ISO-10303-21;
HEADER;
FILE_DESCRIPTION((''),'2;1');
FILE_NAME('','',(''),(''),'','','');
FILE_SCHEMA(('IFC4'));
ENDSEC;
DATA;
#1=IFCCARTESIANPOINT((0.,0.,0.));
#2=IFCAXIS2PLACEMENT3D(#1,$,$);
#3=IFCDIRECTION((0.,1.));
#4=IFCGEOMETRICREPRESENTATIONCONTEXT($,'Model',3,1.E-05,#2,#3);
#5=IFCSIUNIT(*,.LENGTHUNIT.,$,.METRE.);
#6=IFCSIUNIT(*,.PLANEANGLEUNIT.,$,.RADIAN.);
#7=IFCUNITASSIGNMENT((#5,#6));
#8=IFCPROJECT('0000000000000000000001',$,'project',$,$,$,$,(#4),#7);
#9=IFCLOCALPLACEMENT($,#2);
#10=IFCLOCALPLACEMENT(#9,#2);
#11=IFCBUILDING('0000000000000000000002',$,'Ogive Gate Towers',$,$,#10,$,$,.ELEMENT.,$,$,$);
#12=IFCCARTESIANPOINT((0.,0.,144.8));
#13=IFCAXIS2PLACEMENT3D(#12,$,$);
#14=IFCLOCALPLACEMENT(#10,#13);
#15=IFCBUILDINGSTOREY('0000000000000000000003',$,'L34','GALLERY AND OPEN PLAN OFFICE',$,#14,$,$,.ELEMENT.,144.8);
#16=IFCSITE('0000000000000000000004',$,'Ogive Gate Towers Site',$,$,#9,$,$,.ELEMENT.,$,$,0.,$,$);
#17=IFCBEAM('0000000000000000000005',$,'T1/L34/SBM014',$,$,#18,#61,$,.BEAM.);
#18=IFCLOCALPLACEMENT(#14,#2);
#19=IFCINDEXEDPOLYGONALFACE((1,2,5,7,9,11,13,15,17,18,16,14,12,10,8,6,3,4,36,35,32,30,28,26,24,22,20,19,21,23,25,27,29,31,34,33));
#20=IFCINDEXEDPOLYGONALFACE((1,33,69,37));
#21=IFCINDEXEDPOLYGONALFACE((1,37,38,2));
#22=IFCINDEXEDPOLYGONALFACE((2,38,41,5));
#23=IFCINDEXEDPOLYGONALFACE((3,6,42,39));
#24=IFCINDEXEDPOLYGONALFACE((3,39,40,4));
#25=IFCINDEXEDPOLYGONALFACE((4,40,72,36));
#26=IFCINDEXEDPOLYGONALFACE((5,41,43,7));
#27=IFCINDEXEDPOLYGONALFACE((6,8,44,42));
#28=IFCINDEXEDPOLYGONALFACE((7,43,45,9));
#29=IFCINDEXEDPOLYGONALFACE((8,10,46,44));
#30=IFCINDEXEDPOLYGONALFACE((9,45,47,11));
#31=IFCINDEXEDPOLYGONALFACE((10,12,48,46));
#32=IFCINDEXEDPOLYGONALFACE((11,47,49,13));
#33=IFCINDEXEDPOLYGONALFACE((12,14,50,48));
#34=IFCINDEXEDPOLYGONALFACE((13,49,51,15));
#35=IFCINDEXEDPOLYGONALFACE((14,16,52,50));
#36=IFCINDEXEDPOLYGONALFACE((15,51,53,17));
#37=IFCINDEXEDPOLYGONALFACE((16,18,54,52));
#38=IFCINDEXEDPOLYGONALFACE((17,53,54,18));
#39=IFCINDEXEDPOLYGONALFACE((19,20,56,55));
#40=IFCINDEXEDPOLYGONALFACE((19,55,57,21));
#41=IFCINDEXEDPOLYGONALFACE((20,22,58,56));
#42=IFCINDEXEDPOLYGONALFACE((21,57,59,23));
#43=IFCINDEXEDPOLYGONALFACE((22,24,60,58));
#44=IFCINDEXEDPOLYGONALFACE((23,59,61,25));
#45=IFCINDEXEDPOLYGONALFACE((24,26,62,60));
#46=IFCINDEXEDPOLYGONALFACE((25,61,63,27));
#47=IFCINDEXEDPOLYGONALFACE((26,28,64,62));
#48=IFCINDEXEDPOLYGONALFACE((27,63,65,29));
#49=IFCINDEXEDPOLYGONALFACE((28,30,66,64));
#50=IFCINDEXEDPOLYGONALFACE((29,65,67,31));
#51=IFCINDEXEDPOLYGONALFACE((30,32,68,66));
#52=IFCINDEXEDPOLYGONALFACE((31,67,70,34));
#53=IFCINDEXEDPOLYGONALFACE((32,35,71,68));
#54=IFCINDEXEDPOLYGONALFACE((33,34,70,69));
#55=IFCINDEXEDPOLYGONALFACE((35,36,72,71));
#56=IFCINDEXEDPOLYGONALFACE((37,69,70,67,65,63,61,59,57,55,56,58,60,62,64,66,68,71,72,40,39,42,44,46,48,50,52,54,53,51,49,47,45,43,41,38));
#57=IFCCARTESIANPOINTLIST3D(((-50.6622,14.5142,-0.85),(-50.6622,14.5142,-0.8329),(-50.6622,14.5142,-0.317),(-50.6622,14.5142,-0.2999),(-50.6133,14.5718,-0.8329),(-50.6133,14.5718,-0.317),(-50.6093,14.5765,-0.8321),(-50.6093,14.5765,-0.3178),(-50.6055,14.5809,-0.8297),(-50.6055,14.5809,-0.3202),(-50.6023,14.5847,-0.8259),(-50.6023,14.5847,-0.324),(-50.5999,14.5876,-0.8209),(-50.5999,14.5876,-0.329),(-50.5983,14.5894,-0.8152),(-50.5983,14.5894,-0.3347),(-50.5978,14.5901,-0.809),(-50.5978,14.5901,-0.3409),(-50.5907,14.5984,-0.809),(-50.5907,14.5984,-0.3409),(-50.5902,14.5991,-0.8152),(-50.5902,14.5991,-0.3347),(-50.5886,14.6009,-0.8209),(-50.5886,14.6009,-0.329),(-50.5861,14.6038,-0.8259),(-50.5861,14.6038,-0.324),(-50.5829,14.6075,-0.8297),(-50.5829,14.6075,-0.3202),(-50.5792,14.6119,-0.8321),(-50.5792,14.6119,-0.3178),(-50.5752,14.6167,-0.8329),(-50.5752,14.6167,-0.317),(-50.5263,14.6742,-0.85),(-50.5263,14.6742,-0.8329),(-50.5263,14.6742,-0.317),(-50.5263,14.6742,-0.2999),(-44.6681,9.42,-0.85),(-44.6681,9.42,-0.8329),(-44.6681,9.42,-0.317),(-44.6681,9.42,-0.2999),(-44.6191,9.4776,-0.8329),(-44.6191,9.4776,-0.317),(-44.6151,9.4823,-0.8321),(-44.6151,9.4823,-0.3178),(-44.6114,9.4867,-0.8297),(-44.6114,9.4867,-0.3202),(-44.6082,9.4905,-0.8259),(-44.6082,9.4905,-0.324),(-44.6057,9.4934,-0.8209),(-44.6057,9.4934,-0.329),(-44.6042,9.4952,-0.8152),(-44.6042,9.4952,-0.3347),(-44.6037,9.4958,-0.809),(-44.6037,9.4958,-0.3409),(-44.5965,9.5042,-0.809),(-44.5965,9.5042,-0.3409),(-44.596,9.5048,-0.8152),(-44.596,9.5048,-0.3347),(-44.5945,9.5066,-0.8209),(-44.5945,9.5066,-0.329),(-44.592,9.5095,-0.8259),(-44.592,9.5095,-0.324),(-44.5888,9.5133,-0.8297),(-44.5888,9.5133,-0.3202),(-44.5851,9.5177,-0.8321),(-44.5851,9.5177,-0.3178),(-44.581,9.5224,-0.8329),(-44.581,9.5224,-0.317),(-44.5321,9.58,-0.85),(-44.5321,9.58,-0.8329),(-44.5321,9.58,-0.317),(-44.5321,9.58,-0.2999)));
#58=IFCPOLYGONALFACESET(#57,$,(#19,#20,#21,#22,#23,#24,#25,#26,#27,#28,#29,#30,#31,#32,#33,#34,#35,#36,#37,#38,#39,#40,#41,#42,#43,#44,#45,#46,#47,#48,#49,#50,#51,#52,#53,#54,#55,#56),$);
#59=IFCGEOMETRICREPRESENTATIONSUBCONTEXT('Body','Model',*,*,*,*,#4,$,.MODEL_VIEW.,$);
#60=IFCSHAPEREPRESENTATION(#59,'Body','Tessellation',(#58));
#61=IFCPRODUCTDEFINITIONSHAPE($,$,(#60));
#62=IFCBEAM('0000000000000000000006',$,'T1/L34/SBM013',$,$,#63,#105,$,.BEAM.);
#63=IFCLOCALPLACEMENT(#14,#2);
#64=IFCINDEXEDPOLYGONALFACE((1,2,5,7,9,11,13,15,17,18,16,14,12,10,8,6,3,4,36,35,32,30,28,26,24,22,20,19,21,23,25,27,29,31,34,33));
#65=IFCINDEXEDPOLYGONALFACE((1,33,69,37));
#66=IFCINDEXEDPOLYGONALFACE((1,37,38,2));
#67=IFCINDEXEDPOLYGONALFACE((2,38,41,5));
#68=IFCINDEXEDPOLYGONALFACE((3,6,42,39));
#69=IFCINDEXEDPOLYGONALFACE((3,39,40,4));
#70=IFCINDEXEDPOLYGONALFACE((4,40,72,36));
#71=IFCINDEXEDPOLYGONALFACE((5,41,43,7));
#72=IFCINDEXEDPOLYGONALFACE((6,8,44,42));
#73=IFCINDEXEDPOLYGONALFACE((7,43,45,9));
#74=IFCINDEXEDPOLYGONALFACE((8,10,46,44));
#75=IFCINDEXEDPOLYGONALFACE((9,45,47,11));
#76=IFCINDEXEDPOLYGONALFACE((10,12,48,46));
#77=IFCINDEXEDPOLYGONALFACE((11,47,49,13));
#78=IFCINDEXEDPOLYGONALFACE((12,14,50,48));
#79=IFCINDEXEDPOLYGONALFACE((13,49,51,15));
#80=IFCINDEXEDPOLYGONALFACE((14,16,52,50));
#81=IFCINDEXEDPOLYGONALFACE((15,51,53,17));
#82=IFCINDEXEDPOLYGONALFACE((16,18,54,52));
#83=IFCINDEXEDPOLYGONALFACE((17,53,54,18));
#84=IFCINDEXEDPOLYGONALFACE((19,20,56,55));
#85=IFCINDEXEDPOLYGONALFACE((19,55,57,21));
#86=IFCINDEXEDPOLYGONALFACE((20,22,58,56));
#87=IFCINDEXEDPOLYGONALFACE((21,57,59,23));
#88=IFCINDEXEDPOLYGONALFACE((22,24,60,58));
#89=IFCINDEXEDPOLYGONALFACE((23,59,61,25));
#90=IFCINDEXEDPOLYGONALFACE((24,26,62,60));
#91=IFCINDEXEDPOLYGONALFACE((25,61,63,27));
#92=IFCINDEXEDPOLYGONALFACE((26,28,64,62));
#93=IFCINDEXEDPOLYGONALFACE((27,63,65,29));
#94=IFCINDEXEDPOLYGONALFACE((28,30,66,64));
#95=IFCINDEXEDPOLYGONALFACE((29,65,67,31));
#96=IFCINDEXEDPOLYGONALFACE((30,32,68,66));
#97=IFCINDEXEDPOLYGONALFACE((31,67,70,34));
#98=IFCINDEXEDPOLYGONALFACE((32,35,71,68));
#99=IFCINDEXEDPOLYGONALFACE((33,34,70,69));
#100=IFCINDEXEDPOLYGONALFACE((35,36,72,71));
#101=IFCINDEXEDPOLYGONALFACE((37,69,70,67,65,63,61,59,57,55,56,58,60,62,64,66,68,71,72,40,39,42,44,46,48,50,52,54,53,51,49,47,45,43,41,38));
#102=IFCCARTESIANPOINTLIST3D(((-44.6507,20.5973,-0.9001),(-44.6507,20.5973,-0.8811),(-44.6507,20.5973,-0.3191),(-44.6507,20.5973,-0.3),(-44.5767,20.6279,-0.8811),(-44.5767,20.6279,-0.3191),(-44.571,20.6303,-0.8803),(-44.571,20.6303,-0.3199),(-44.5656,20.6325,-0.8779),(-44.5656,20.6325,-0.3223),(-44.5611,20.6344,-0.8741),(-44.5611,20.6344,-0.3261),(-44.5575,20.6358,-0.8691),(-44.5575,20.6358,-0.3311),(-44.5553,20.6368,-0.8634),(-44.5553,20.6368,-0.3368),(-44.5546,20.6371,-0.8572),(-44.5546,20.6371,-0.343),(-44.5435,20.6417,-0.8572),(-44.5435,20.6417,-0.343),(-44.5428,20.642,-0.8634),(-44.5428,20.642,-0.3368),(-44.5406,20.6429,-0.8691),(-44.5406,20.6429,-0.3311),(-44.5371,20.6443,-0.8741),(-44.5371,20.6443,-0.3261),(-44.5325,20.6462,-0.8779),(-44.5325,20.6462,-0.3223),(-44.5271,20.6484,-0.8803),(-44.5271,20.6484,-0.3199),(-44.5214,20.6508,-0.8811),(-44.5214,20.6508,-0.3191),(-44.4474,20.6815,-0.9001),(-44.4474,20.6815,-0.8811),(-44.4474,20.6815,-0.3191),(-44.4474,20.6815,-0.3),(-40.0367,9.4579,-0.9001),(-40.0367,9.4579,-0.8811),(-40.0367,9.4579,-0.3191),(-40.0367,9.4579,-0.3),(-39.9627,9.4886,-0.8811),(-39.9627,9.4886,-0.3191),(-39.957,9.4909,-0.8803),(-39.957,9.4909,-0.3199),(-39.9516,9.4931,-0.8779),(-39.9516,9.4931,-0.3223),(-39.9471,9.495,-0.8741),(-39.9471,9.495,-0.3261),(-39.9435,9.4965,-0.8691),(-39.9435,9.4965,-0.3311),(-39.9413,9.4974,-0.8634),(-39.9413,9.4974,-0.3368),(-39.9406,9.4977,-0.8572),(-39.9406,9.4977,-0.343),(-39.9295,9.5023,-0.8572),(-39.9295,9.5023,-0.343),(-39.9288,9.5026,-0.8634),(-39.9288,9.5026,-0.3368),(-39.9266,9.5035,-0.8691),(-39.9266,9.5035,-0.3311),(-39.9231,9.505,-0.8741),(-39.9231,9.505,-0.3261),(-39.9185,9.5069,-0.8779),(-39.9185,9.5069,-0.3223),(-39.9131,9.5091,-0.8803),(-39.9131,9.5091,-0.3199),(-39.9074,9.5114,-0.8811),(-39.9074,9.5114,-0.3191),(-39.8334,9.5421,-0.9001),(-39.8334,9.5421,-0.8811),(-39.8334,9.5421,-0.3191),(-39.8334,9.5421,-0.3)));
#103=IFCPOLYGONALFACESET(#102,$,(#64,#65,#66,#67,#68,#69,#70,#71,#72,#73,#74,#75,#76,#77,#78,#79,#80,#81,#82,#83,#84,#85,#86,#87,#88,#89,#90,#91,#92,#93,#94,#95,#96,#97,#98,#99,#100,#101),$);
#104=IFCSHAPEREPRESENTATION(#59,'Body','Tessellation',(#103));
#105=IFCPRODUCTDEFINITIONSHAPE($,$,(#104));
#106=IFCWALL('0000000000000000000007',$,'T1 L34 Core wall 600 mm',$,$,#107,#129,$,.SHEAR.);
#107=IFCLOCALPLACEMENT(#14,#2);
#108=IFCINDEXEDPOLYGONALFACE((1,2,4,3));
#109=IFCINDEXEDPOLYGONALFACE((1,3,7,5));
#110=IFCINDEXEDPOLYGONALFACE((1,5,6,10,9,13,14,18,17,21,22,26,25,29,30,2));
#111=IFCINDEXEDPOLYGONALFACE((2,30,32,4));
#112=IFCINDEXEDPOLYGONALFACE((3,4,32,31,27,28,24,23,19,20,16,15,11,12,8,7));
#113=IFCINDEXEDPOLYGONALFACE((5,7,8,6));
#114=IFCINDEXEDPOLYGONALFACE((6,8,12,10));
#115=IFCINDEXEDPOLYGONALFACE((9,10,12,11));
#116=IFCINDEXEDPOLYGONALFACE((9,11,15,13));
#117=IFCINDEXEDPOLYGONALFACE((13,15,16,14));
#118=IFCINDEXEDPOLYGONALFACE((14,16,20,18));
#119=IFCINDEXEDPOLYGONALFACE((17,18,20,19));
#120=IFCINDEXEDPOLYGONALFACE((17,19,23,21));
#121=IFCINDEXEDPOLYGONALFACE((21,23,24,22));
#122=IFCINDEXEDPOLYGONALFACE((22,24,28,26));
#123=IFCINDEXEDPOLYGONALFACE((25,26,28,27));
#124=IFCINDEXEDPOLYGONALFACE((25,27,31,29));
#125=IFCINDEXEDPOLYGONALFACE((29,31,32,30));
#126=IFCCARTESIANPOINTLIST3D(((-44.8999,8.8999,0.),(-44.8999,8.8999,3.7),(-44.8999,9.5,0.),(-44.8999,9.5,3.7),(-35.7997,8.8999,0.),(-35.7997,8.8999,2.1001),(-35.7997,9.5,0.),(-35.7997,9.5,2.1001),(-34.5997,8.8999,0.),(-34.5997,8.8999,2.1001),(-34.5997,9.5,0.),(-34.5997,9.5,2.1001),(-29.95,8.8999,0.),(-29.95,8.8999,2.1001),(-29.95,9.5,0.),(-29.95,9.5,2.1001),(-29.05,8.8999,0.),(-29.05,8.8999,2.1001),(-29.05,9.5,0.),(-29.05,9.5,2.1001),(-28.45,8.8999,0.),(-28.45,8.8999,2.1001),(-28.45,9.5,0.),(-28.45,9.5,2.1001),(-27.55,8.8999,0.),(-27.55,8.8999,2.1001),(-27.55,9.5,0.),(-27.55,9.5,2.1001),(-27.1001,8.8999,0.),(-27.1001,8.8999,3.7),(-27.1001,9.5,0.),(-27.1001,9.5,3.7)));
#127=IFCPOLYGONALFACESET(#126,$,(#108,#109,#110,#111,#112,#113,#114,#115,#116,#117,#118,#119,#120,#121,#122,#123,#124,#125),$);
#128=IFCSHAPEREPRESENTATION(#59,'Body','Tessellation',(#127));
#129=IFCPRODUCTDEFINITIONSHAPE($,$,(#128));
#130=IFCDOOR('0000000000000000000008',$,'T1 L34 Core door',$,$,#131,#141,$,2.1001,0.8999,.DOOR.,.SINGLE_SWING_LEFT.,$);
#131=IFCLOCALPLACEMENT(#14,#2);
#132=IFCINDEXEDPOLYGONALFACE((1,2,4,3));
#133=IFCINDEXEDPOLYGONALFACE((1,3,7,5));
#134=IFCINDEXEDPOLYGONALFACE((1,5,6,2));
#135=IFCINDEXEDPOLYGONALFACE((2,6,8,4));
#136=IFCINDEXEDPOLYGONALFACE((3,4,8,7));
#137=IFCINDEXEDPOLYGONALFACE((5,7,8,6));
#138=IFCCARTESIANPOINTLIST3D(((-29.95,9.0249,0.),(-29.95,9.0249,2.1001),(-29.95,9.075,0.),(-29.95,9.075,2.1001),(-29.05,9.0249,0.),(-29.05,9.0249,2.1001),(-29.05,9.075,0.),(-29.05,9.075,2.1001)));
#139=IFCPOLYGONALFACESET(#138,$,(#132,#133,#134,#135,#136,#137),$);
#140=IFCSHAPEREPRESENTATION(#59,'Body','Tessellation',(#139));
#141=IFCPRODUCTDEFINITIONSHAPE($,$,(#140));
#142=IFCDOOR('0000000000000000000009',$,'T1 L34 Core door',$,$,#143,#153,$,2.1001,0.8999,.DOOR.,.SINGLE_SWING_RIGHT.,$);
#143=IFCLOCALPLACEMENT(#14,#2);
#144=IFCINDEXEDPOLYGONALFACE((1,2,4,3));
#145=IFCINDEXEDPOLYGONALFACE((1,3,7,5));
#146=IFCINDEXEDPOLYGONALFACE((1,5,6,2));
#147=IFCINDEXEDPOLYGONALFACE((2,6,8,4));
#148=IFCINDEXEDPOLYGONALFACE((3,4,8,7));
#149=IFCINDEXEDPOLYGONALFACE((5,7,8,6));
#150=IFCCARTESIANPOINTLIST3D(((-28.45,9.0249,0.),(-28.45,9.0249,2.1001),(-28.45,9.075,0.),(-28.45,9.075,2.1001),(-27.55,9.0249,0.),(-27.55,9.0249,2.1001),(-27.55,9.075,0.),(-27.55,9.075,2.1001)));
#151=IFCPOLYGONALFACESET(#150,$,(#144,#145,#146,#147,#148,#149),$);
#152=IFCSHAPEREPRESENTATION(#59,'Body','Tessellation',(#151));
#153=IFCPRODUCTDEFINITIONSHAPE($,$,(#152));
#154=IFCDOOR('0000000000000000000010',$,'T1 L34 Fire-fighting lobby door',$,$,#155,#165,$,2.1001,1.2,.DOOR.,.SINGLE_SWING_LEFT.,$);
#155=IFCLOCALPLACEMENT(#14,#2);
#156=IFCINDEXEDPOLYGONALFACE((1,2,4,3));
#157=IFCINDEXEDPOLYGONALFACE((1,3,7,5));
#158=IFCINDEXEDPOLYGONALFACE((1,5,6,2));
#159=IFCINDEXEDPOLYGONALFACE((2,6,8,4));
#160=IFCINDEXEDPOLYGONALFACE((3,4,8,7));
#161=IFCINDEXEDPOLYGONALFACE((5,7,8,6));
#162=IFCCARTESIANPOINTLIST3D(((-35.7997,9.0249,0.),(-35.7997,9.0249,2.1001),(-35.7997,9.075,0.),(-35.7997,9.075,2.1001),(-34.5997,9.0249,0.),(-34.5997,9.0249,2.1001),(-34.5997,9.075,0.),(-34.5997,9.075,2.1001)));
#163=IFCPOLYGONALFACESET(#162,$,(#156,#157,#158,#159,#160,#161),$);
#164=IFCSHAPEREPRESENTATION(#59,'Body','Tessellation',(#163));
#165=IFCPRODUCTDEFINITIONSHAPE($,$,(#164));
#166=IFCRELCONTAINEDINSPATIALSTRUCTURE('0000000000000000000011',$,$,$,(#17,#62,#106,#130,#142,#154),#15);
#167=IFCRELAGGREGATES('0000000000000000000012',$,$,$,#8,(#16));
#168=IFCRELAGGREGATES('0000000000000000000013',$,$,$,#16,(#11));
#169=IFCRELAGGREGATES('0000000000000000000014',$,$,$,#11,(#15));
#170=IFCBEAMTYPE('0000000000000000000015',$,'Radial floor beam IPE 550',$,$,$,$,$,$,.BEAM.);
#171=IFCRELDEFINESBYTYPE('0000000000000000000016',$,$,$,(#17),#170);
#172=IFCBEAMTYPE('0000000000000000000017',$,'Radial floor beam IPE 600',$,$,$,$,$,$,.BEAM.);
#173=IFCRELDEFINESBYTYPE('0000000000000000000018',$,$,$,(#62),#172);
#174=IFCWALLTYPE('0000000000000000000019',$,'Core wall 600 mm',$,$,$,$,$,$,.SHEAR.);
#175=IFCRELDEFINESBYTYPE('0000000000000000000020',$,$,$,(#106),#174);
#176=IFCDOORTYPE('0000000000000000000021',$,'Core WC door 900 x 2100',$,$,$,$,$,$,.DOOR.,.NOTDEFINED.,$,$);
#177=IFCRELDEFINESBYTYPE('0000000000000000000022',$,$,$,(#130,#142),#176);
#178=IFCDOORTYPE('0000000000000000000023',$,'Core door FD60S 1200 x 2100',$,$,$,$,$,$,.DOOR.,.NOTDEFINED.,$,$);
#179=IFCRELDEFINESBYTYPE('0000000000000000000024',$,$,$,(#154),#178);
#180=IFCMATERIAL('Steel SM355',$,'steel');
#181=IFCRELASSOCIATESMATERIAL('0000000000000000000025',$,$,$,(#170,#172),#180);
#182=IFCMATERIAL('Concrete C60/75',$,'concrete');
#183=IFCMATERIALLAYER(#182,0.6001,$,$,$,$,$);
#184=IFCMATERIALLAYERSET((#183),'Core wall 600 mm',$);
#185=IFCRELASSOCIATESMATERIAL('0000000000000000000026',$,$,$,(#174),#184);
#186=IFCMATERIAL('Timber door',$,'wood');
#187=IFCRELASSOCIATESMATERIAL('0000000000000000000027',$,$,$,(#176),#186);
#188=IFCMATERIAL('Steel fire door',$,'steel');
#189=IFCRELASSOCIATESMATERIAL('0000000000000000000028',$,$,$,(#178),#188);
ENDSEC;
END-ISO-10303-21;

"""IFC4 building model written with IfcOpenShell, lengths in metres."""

from ifc_helpers import new_model, si_unit, direction, frame, frame_2d, origin, origin_2d, place, context, subcontext, project, spatial, rectangle, i_section, extrude, material, layer, layer_set, material_profile, profile_set, type_object, element, fill, save


model = new_model("IFC4")

# Units and contexts
model_context = context("Model", 3, precision=1e-05, world=origin(), true_north=direction((0.0, 1.0)))
body_context = subcontext(model_context, "Body", "Model", "MODEL_VIEW")
ifc_project = project(units=[si_unit("LENGTHUNIT", "METRE"), si_unit("PLANEANGLEUNIT", "RADIAN")], contexts=[model_context])

# Site, building, storey
site_placement = place(None, origin())
site = spatial("IfcSite", under=ifc_project, at=site_placement, Name="Ogive Gate Towers Site", CompositionType="ELEMENT", RefElevation=0.0)
building_placement = place(site_placement, origin())
building = spatial("IfcBuilding", under=site, at=building_placement, Name="Ogive Gate Towers", CompositionType="ELEMENT")
storey_placement = place(building_placement, frame((0.0, 0.0, 144.8)))
storey = spatial("IfcBuildingStorey", under=building, at=storey_placement, Name="L34", Description="GALLERY AND OPEN PLAN OFFICE", CompositionType="ELEMENT", Elevation=144.8)

# Beams
ifc_material_1 = material(Name="Steel SM355", Category="steel")
ifc_material_profile_1 = material_profile(ifc_material_1, i_section(OverallWidth=0.21, OverallDepth=0.55, WebThickness=0.011, FlangeThickness=0.0171, FilletRadius=0.0239, at=origin_2d()), Name="IPE 550")
ifc_profile_set_1 = profile_set([ifc_material_profile_1], Name="Steel SM355")
beam_type_1 = type_object("IfcBeamType", Name="Radial floor beam IPE 550", PredefinedType="BEAM", material=ifc_profile_set_1)
beam_1_placement = place(storey_placement, frame((-44.6001, 9.5, -0.575), z_axis=(-0.761988, 0.647591, 0.0), x_axis=(-0.647591, -0.761988, 0.0)))
element("IfcBeam", 1, at=beam_1_placement, inside=storey, type_object=beam_type_1, Name="T1/L34/SBM014", PredefinedType="BEAM", context=body_context, shape_type="SweptSolid", body=[
    extrude(i_section(OverallWidth=0.21, OverallDepth=0.55, WebThickness=0.011, FlangeThickness=0.0171, FilletRadius=0.0239, at=origin_2d()), origin(), (0.0, 0.0, 1.0), 7.8665),
])
ifc_material_profile_2 = material_profile(ifc_material_1, i_section(OverallWidth=0.22, OverallDepth=0.6001, WebThickness=0.012, FlangeThickness=0.019, FilletRadius=0.0239, at=origin_2d()), Name="IPE 600")
ifc_profile_set_2 = profile_set([ifc_material_profile_2], Name="Steel SM355")
beam_type_2 = type_object("IfcBeamType", Name="Radial floor beam IPE 600", PredefinedType="BEAM", material=ifc_profile_set_2)
beam_2_placement = place(storey_placement, frame((-39.9351, 9.5, -0.6001), z_axis=(-0.382678, 0.923882, 0.0), x_axis=(-0.923882, -0.382678, 0.0)))
element("IfcBeam", 2, at=beam_2_placement, inside=storey, type_object=beam_type_2, Name="T1/L34/SBM013", PredefinedType="BEAM", context=body_context, shape_type="SweptSolid", body=[
    extrude(i_section(OverallWidth=0.22, OverallDepth=0.6001, WebThickness=0.012, FlangeThickness=0.019, FilletRadius=0.0239, at=origin_2d()), origin(), (0.0, 0.0, 1.0), 12.0571),
])

# Wall, openings, doors
ifc_material_2 = material(Name="Concrete C60/75", Category="concrete")
ifc_layer_1 = layer(ifc_material_2, 0.6001)
ifc_layer_set_1 = layer_set([ifc_layer_1], Name="Core wall 600 mm")
wall_type_1 = type_object("IfcWallType", Name="Core wall 600 mm", PredefinedType="SHEAR", material=ifc_layer_set_1)
wall_1_placement = place(storey_placement, frame((-44.8999, 9.2, 0.0), z_axis=(0.0, 0.0, 1.0), x_axis=(1.0, 0.0, 0.0)))
wall_1 = element("IfcWall", 3, at=wall_1_placement, inside=storey, type_object=wall_type_1, Name="T1 L34 Core wall 600 mm", PredefinedType="SHEAR", context=body_context, shape_type="SweptSolid", body=[
    extrude(rectangle(XDim=17.7998, YDim=0.6001, at=frame_2d((8.8999, 0.0))), origin(), (0.0, 0.0, 1.0), 3.7),
])
opening_1_placement = place(wall_1_placement, frame((9.1001, 0.0, 0.0)))
opening_1 = element("IfcOpeningElement", 4, at=opening_1_placement, cuts=wall_1, PredefinedType="OPENING", context=body_context, shape_type="SweptSolid", body=[
    extrude(rectangle(XDim=1.2, YDim=2.1001, at=frame_2d((0.6001, 1.05))), frame((0.0, 0.3101, 0.0), z_axis=(0.0, -1.0, 0.0), x_axis=(1.0, 0.0, 0.0)), (0.0, 0.0, 1.0), 0.6201),
])
opening_2_placement = place(wall_1_placement, frame((14.95, 0.0, 0.0)))
opening_2 = element("IfcOpeningElement", 5, at=opening_2_placement, cuts=wall_1, PredefinedType="OPENING", context=body_context, shape_type="SweptSolid", body=[
    extrude(rectangle(XDim=0.8999, YDim=2.1001, at=frame_2d((0.45, 1.05))), frame((0.0, 0.3101, 0.0), z_axis=(0.0, -1.0, 0.0), x_axis=(1.0, 0.0, 0.0)), (0.0, 0.0, 1.0), 0.6201),
])
opening_3_placement = place(wall_1_placement, frame((16.45, 0.0, 0.0)))
opening_3 = element("IfcOpeningElement", 6, at=opening_3_placement, cuts=wall_1, PredefinedType="OPENING", context=body_context, shape_type="SweptSolid", body=[
    extrude(rectangle(XDim=0.8999, YDim=2.1001, at=frame_2d((0.45, 1.05))), frame((0.0, 0.3101, 0.0), z_axis=(0.0, -1.0, 0.0), x_axis=(1.0, 0.0, 0.0)), (0.0, 0.0, 1.0), 0.6201),
])
ifc_material_3 = material(Name="Timber door", Category="wood")
door_type_1 = type_object("IfcDoorType", Name="Core WC door 900 x 2100", OperationType="NOTDEFINED", PredefinedType="DOOR", material=ifc_material_3)
door_1_placement = place(opening_2_placement, origin())
door_1 = element("IfcDoor", 7, at=door_1_placement, inside=storey, type_object=door_type_1, Name="T1 L34 Core door", OperationType="SINGLE_SWING_LEFT", OverallHeight=2.1001, OverallWidth=0.8999, PredefinedType="DOOR", context=body_context, shape_type="SweptSolid", body=[
    extrude(rectangle(XDim=0.8999, YDim=2.1001, at=frame_2d((0.45, 1.05))), frame((0.0, -0.125, 0.0), z_axis=(0.0, -1.0, 0.0), x_axis=(1.0, 0.0, 0.0)), (0.0, 0.0, 1.0), 0.05),
])
fill(opening_2, door_1)
door_2_placement = place(opening_3_placement, origin())
door_2 = element("IfcDoor", 8, at=door_2_placement, inside=storey, type_object=door_type_1, Name="T1 L34 Core door", OperationType="SINGLE_SWING_RIGHT", OverallHeight=2.1001, OverallWidth=0.8999, PredefinedType="DOOR", context=body_context, shape_type="SweptSolid", body=[
    extrude(rectangle(XDim=0.8999, YDim=2.1001, at=frame_2d((0.45, 1.05))), frame((0.0, -0.125, 0.0), z_axis=(0.0, -1.0, 0.0), x_axis=(1.0, 0.0, 0.0)), (0.0, 0.0, 1.0), 0.05),
])
fill(opening_3, door_2)
ifc_material_4 = material(Name="Steel fire door", Category="steel")
door_type_2 = type_object("IfcDoorType", Name="Core door FD60S 1200 x 2100", OperationType="NOTDEFINED", PredefinedType="DOOR", material=ifc_material_4)
door_3_placement = place(opening_1_placement, origin())
door_3 = element("IfcDoor", 9, at=door_3_placement, inside=storey, type_object=door_type_2, Name="T1 L34 Fire-fighting lobby door", OperationType="SINGLE_SWING_LEFT", OverallHeight=2.1001, OverallWidth=1.2, PredefinedType="DOOR", context=body_context, shape_type="SweptSolid", body=[
    extrude(rectangle(XDim=1.2, YDim=2.1001, at=frame_2d((0.6001, 1.05))), frame((0.0, -0.125, 0.0), z_axis=(0.0, -1.0, 0.0), x_axis=(1.0, 0.0, 0.0)), (0.0, 0.0, 1.0), 0.05),
])
fill(opening_1, door_3)

save(model, "model.ifc")
